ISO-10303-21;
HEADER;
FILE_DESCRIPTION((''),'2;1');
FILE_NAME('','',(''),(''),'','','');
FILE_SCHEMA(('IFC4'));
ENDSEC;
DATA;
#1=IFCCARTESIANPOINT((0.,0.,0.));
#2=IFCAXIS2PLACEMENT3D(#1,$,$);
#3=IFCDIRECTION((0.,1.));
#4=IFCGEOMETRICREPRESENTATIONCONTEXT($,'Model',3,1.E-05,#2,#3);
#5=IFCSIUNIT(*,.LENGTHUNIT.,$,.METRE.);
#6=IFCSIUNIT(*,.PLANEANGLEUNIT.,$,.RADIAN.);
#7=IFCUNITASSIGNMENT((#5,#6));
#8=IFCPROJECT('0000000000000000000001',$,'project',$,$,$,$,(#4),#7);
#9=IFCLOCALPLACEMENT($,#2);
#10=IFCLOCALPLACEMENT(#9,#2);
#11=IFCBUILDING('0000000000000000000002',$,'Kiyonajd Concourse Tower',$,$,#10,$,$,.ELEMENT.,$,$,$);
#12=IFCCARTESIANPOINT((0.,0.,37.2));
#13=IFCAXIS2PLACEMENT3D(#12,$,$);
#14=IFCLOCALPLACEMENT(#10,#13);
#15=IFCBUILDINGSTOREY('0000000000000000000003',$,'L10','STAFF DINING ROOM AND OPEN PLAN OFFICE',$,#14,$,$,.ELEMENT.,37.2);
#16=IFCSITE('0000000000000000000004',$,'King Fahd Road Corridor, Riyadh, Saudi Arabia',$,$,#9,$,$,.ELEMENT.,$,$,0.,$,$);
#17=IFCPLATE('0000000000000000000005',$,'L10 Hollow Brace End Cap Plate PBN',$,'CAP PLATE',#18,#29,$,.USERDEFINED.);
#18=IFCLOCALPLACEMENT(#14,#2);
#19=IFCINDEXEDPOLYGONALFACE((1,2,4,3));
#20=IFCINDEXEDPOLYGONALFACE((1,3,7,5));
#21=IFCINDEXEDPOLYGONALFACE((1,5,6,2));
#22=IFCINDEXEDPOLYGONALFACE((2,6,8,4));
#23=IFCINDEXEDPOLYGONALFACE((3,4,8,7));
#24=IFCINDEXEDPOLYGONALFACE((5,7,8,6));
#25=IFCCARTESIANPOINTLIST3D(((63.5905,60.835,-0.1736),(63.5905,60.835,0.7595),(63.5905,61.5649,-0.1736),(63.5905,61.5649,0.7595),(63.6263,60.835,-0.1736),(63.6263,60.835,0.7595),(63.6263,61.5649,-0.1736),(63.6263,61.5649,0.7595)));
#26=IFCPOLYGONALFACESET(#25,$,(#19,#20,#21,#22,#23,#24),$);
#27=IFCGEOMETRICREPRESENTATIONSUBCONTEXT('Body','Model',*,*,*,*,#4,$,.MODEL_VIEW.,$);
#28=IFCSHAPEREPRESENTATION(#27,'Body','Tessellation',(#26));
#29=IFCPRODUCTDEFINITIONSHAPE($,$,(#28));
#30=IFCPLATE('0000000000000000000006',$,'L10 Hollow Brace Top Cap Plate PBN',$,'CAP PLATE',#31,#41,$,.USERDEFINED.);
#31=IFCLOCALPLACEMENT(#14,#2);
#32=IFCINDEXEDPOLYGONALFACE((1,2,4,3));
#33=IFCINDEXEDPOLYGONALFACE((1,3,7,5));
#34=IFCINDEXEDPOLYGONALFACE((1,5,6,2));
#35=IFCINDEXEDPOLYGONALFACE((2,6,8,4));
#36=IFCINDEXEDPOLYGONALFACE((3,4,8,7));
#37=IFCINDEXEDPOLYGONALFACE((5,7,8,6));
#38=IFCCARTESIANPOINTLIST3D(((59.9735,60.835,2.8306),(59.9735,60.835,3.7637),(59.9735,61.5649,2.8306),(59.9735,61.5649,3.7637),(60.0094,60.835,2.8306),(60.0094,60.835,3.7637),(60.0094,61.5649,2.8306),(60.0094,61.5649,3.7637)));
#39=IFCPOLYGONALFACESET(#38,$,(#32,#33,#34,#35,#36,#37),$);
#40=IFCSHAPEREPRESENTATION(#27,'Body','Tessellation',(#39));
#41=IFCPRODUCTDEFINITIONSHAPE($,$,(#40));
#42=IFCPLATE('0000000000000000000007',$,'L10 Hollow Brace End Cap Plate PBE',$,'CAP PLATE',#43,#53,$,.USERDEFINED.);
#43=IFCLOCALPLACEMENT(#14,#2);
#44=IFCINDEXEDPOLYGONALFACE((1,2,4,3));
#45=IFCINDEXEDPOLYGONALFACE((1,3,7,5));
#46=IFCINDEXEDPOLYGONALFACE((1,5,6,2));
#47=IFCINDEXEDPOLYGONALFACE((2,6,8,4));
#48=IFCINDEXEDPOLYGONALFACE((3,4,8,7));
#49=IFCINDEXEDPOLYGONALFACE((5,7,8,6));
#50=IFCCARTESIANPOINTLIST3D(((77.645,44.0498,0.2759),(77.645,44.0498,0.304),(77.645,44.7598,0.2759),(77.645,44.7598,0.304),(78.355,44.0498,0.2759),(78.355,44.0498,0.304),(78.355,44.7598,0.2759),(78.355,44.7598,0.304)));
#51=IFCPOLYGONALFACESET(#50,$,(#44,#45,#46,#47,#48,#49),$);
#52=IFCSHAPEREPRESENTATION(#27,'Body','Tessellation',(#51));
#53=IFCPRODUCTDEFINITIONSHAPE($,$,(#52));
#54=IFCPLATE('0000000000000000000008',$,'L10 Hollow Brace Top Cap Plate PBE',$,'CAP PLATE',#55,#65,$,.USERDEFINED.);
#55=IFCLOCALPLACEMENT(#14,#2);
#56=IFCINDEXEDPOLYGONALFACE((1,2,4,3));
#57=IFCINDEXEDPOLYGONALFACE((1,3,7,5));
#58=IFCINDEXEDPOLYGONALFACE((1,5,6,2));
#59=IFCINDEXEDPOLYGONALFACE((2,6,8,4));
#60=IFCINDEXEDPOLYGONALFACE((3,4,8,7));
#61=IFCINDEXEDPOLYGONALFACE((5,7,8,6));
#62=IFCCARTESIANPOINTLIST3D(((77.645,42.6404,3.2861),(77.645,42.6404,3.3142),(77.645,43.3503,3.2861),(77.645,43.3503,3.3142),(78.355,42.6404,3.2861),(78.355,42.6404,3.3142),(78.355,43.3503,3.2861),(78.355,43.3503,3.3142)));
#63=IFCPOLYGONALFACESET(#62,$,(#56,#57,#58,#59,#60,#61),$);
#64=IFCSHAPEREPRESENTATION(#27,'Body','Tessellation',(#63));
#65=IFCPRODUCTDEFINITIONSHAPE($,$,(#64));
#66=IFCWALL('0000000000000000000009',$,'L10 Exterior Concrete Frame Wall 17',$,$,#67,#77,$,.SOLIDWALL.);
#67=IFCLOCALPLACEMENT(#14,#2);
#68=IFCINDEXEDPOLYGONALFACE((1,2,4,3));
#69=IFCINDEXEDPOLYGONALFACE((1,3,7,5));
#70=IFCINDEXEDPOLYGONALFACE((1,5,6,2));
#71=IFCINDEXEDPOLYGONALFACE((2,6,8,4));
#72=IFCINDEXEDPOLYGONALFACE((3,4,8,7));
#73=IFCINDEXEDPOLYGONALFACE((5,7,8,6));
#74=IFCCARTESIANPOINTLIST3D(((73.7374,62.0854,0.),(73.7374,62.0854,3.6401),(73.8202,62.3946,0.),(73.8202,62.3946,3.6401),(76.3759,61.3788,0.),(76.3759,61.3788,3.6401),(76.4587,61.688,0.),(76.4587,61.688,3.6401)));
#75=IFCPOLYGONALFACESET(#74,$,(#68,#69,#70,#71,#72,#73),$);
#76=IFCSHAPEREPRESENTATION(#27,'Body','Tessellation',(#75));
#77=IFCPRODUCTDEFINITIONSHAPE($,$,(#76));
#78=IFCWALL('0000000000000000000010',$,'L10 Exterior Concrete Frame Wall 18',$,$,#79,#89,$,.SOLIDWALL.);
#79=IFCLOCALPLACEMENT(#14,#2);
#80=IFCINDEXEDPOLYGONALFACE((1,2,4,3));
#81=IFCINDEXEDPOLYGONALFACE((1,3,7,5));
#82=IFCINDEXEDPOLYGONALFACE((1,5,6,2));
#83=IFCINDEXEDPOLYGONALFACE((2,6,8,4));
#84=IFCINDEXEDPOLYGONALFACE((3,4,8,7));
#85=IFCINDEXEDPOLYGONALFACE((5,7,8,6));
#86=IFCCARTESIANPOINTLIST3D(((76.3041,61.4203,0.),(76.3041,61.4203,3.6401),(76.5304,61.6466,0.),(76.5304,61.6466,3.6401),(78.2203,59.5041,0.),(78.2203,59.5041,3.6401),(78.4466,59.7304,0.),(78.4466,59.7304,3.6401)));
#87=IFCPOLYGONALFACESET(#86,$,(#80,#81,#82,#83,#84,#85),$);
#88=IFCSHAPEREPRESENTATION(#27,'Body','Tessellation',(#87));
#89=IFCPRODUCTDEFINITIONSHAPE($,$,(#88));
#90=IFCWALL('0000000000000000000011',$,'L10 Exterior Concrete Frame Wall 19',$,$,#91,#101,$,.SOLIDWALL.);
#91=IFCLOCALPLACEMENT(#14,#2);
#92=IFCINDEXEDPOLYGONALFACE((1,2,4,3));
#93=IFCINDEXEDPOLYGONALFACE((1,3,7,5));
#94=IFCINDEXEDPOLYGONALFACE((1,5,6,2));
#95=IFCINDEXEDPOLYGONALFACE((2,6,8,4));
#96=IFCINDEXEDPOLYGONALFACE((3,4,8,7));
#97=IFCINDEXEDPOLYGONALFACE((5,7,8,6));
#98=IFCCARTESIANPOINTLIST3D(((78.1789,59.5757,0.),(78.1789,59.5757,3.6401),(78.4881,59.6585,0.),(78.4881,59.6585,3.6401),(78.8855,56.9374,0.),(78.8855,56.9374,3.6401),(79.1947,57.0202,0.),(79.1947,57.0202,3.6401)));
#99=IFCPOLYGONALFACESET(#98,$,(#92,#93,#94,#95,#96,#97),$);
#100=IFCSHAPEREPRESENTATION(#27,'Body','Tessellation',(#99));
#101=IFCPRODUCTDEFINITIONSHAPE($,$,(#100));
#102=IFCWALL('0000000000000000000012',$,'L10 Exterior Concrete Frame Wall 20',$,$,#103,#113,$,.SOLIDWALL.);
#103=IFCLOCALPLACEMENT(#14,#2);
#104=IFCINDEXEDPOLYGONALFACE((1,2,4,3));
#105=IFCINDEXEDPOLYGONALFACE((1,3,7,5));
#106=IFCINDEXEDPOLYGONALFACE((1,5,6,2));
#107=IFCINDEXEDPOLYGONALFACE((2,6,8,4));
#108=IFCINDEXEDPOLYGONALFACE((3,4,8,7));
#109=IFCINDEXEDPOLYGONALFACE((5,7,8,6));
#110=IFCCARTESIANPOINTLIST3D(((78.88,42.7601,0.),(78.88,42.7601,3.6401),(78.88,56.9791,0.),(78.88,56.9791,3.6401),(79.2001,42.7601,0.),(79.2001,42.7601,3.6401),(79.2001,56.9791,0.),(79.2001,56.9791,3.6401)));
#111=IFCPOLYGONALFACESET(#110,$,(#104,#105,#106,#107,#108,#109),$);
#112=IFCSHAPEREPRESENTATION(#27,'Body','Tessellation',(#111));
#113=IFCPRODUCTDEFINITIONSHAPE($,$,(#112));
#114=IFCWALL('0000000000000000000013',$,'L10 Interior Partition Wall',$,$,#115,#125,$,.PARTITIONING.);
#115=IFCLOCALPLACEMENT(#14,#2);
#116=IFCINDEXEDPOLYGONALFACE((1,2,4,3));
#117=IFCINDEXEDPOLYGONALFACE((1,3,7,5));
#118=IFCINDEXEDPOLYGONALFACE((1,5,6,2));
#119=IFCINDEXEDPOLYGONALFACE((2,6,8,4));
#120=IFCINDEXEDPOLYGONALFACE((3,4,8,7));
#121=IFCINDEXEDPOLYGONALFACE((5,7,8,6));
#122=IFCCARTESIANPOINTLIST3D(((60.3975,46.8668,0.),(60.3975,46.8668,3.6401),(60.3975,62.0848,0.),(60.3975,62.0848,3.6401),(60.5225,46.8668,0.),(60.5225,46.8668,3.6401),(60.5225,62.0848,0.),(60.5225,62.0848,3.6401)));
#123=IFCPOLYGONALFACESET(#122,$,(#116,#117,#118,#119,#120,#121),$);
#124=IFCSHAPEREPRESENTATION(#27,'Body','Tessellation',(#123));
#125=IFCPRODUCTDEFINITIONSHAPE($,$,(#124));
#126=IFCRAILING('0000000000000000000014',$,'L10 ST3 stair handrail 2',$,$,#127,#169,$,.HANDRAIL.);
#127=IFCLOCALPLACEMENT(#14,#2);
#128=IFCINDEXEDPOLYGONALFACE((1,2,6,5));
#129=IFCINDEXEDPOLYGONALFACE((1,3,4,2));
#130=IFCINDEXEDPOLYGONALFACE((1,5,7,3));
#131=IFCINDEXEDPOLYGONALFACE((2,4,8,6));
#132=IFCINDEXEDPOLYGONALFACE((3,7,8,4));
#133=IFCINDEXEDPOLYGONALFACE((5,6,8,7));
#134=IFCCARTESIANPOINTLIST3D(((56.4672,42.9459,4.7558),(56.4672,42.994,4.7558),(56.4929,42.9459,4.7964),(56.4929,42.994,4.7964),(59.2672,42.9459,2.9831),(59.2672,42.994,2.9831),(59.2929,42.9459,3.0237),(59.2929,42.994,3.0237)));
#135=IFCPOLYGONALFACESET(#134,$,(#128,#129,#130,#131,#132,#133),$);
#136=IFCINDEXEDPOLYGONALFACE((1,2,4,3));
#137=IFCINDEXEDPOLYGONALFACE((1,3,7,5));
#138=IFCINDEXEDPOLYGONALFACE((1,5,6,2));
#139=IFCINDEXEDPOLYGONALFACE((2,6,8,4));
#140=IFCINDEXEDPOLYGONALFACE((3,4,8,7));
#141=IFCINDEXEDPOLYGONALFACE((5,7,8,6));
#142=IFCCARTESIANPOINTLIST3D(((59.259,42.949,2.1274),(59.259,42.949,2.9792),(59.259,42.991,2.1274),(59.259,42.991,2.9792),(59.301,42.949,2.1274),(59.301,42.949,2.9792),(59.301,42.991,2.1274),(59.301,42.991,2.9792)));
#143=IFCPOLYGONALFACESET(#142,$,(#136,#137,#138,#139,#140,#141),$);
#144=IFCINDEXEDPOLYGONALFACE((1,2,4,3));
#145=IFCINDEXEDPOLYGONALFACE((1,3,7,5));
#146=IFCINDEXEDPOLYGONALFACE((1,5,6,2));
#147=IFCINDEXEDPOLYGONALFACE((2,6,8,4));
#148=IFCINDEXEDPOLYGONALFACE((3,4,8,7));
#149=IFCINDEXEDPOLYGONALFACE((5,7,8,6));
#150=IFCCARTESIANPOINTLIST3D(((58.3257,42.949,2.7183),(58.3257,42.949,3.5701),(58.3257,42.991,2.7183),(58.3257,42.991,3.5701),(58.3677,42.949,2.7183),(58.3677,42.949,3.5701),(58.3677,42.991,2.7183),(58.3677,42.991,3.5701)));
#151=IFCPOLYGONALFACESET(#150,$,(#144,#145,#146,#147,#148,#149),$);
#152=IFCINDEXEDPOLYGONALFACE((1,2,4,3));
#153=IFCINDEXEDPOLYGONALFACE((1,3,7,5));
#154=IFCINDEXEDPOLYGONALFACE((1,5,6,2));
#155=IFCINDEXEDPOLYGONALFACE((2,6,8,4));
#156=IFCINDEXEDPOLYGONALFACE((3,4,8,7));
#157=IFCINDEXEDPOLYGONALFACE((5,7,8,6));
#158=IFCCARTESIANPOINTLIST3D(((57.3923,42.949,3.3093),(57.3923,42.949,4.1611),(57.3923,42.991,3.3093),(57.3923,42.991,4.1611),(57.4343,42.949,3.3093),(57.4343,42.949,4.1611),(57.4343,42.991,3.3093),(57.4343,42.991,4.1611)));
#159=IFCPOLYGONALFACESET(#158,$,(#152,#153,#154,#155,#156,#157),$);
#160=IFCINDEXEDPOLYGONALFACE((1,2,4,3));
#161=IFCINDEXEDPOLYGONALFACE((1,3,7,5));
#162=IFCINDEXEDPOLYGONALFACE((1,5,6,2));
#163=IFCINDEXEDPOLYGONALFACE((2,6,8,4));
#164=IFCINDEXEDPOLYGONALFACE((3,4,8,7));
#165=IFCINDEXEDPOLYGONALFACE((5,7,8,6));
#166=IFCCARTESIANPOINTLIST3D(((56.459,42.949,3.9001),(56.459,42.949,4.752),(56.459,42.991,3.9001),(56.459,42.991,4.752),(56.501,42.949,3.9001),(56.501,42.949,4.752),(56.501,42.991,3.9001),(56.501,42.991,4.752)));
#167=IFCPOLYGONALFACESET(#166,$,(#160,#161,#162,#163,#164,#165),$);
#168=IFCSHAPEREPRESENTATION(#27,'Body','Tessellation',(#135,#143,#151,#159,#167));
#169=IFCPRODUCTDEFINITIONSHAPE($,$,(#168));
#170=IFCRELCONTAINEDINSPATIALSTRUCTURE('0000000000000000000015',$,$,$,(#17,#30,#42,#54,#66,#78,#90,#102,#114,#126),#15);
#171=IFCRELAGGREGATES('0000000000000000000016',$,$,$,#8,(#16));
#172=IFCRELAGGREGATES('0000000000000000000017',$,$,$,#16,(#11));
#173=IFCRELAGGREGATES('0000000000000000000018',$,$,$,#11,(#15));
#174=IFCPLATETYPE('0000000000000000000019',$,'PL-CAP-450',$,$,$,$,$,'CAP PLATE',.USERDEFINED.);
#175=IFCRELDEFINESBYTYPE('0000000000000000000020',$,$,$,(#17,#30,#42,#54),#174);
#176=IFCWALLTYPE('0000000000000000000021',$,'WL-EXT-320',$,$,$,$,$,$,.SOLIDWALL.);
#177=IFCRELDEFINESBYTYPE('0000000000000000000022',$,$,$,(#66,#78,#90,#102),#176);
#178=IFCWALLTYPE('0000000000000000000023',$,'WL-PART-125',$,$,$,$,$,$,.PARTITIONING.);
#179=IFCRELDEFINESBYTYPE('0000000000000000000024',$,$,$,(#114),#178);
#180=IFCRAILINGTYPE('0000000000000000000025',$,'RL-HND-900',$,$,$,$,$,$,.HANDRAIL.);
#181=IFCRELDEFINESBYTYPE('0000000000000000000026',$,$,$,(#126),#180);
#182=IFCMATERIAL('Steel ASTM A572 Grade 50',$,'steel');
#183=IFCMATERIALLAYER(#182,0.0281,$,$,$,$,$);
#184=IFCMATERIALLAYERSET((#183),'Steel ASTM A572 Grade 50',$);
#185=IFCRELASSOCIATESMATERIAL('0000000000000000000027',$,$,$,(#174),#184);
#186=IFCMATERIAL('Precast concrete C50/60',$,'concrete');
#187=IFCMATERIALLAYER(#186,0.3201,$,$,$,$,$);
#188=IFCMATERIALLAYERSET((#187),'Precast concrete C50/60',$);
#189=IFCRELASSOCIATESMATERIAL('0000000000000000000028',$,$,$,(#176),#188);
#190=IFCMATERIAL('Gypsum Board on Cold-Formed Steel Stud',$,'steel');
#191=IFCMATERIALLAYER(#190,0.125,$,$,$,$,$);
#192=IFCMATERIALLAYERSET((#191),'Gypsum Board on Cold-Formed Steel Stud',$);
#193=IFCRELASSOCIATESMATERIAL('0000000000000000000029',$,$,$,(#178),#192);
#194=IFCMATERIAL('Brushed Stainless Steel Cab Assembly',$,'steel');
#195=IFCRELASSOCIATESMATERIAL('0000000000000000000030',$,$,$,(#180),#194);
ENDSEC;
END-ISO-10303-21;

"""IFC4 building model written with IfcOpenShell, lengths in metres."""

from ifc_helpers import new_model, si_unit, direction, frame, frame_2d, origin, origin_2d, place, context, subcontext, project, spatial, rectangle, extrude, material, layer, layer_set, type_object, element, save


model = new_model("IFC4")

# Units and contexts
model_context = context("Model", 3, precision=1e-05, world=origin(), true_north=direction((0.0, 1.0)))
body_context = subcontext(model_context, "Body", "Model", "MODEL_VIEW")
ifc_project = project(units=[si_unit("LENGTHUNIT", "METRE"), si_unit("PLANEANGLEUNIT", "RADIAN")], contexts=[model_context])

# Site, building, storey
site_placement = place(None, origin())
site = spatial("IfcSite", under=ifc_project, at=site_placement, Name="King Fahd Road Corridor, Riyadh, Saudi Arabia", CompositionType="ELEMENT", RefElevation=0.0)
building_placement = place(site_placement, origin())
building = spatial("IfcBuilding", under=site, at=building_placement, Name="Kiyonajd Concourse Tower", CompositionType="ELEMENT")
storey_placement = place(building_placement, frame((0.0, 0.0, 37.2)))
storey = spatial("IfcBuildingStorey", under=building, at=storey_placement, Name="L10", Description="STAFF DINING ROOM AND OPEN PLAN OFFICE", CompositionType="ELEMENT", Elevation=37.2)

# Shared definitions
ifc_material_1 = material(Name="Precast concrete C50/60", Category="concrete")

# Shared definitions
ifc_material_2 = material(Name="Steel ASTM A572 Grade 50", Category="steel")

# Plates
ifc_layer_1 = layer(ifc_material_2, 0.0281)
ifc_layer_set_1 = layer_set([ifc_layer_1], Name="Steel ASTM A572 Grade 50")
plate_type = type_object("IfcPlateType", Name="PL-CAP-450", ElementType="CAP PLATE", PredefinedType="USERDEFINED", material=ifc_layer_set_1)
for number, where, z_axis, x_axis, name in (
    (1, (63.6084, 61.2, -0.1736), (0.0, 0.0, 1.0), (1.0, 0.0, 0.0), "L10 Hollow Brace End Cap Plate PBN"),
    (2, (59.9915, 61.2, 2.8306), (0.0, 0.0, 1.0), (-1.0, 0.0, 0.0), "L10 Hollow Brace Top Cap Plate PBN"),
):
    element("IfcPlate", number, at=place(storey_placement, frame(where, z_axis=z_axis, x_axis=x_axis)), inside=storey, type_object=plate_type, Name=name, ObjectType="CAP PLATE", PredefinedType="USERDEFINED", context=body_context, shape_type="SweptSolid", body=[
        extrude(rectangle(XDim=0.0359, YDim=0.73, at=origin_2d()), origin(), (0.0, 0.0, 1.0), 0.9331),
    ])
for number, where, z_axis, x_axis, name in (
    (3, (78.0, 44.4048, 0.2759), (0.0, 0.0, 1.0), (1.0, 0.0, 0.0), "L10 Hollow Brace End Cap Plate PBE"),
    (4, (78.0, 42.9954, 3.2861), (0.0, 0.0, 1.0), (1.0, 0.0, 0.0), "L10 Hollow Brace Top Cap Plate PBE"),
):
    element("IfcPlate", number, at=place(storey_placement, frame(where, z_axis=z_axis, x_axis=x_axis)), inside=storey, type_object=plate_type, Name=name, ObjectType="CAP PLATE", PredefinedType="USERDEFINED", context=body_context, shape_type="SweptSolid", body=[
        extrude(rectangle(XDim=0.71, YDim=0.71, at=origin_2d()), origin(), (0.0, 0.0, 1.0), 0.0281),
    ])

# Walls
ifc_layer_2 = layer(ifc_material_1, 0.3201)
ifc_layer_set_2 = layer_set([ifc_layer_2], Name="Precast concrete C50/60")
wall_type_1 = type_object("IfcWallType", Name="WL-EXT-320", PredefinedType="SOLIDWALL", material=ifc_layer_set_2)
wall_1_placement = place(storey_placement, frame((73.7788, 62.24, 0.0), z_axis=(0.0, 0.0, 1.0), x_axis=(0.965964, -0.258675, 0.0)))
element("IfcWall", 5, at=wall_1_placement, inside=storey, type_object=wall_type_1, Name="L10 Exterior Concrete Frame Wall 17", PredefinedType="SOLIDWALL", context=body_context, shape_type="SweptSolid", body=[
    extrude(rectangle(XDim=2.7314, YDim=0.3201, at=frame_2d((1.3657, 0.0))), origin(), (0.0, 0.0, 1.0), 3.6401),
])
wall_2_placement = place(storey_placement, frame((76.4172, 61.5334, 0.0), z_axis=(0.0, 0.0, 1.0), x_axis=(0.707107, -0.707107, 0.0)))
element("IfcWall", 6, at=wall_2_placement, inside=storey, type_object=wall_type_1, Name="L10 Exterior Concrete Frame Wall 18", PredefinedType="SOLIDWALL", context=body_context, shape_type="SweptSolid", body=[
    extrude(rectangle(XDim=2.71, YDim=0.3201, at=frame_2d((1.355, 0.0))), origin(), (0.0, 0.0, 1.0), 3.6401),
])
wall_3_placement = place(storey_placement, frame((78.3335, 59.6172, 0.0), z_axis=(0.0, 0.0, 1.0), x_axis=(0.258697, -0.965958, 0.0)))
element("IfcWall", 7, at=wall_3_placement, inside=storey, type_object=wall_type_1, Name="L10 Exterior Concrete Frame Wall 19", PredefinedType="SOLIDWALL", context=body_context, shape_type="SweptSolid", body=[
    extrude(rectangle(XDim=2.7312, YDim=0.3201, at=frame_2d((1.3657, 0.0))), origin(), (0.0, 0.0, 1.0), 3.6401),
])
wall_4_placement = place(storey_placement, frame((79.04, 56.979, 0.0), z_axis=(0.0, 0.0, 1.0), x_axis=(0.0, -1.0, 0.0)))
element("IfcWall", 8, at=wall_4_placement, inside=storey, type_object=wall_type_1, Name="L10 Exterior Concrete Frame Wall 20", PredefinedType="SOLIDWALL", context=body_context, shape_type="SweptSolid", body=[
    extrude(rectangle(XDim=14.219, YDim=0.3201, at=frame_2d((7.1094, 0.0))), origin(), (0.0, 0.0, 1.0), 3.6401),
])
ifc_material_3 = material(Name="Gypsum Board on Cold-Formed Steel Stud", Category="steel")
ifc_layer_3 = layer(ifc_material_3, 0.125)
ifc_layer_set_3 = layer_set([ifc_layer_3], Name="Gypsum Board on Cold-Formed Steel Stud")
wall_type_2 = type_object("IfcWallType", Name="WL-PART-125", PredefinedType="PARTITIONING", material=ifc_layer_set_3)
wall_5_placement = place(storey_placement, frame((60.46, 46.8669, 0.0), z_axis=(0.0, 0.0, 1.0), x_axis=(0.0, 1.0, 0.0)))
element("IfcWall", 9, at=wall_5_placement, inside=storey, type_object=wall_type_2, Name="L10 Interior Partition Wall", PredefinedType="PARTITIONING", context=body_context, shape_type="SweptSolid", body=[
    extrude(rectangle(XDim=15.218, YDim=0.125, at=frame_2d((7.6089, 0.0))), origin(), (0.0, 0.0, 1.0), 3.6401),
])

# Railing
ifc_material_4 = material(Name="Brushed Stainless Steel Cab Assembly", Category="steel")
railing_type = type_object("IfcRailingType", Name="RL-HND-900", PredefinedType="HANDRAIL", material=ifc_material_4)
railing_placement = place(storey_placement, frame((59.28, 42.97, 2.1274)))
element("IfcRailing", 10, at=railing_placement, inside=storey, type_object=railing_type, Name="L10 ST3 stair handrail 2", PredefinedType="HANDRAIL", context=body_context, shape_type="SweptSolid", body=[
    extrude(rectangle(XDim=0.0481, YDim=0.0481, at=origin_2d()), frame((0.0, 0.0, 0.876), z_axis=(-0.844909, 0.0, 0.53491), x_axis=(0.0, -1.0, 0.0)), (0.0, 0.0, 1.0), 3.314),
    extrude(rectangle(XDim=0.042, YDim=0.042, at=origin_2d()), origin(), (0.0, 0.0, 1.0), 0.8518),
    extrude(rectangle(XDim=0.042, YDim=0.042, at=origin_2d()), frame((-0.9333, 0.0, 0.5908)), (0.0, 0.0, 1.0), 0.8518),
    extrude(rectangle(XDim=0.042, YDim=0.042, at=origin_2d()), frame((-1.8667, 0.0, 1.1819)), (0.0, 0.0, 1.0), 0.8518),
    extrude(rectangle(XDim=0.042, YDim=0.042, at=origin_2d()), frame((-2.8, 0.0, 1.7727)), (0.0, 0.0, 1.0), 0.8518),
])

save(model, "model.ifc")
